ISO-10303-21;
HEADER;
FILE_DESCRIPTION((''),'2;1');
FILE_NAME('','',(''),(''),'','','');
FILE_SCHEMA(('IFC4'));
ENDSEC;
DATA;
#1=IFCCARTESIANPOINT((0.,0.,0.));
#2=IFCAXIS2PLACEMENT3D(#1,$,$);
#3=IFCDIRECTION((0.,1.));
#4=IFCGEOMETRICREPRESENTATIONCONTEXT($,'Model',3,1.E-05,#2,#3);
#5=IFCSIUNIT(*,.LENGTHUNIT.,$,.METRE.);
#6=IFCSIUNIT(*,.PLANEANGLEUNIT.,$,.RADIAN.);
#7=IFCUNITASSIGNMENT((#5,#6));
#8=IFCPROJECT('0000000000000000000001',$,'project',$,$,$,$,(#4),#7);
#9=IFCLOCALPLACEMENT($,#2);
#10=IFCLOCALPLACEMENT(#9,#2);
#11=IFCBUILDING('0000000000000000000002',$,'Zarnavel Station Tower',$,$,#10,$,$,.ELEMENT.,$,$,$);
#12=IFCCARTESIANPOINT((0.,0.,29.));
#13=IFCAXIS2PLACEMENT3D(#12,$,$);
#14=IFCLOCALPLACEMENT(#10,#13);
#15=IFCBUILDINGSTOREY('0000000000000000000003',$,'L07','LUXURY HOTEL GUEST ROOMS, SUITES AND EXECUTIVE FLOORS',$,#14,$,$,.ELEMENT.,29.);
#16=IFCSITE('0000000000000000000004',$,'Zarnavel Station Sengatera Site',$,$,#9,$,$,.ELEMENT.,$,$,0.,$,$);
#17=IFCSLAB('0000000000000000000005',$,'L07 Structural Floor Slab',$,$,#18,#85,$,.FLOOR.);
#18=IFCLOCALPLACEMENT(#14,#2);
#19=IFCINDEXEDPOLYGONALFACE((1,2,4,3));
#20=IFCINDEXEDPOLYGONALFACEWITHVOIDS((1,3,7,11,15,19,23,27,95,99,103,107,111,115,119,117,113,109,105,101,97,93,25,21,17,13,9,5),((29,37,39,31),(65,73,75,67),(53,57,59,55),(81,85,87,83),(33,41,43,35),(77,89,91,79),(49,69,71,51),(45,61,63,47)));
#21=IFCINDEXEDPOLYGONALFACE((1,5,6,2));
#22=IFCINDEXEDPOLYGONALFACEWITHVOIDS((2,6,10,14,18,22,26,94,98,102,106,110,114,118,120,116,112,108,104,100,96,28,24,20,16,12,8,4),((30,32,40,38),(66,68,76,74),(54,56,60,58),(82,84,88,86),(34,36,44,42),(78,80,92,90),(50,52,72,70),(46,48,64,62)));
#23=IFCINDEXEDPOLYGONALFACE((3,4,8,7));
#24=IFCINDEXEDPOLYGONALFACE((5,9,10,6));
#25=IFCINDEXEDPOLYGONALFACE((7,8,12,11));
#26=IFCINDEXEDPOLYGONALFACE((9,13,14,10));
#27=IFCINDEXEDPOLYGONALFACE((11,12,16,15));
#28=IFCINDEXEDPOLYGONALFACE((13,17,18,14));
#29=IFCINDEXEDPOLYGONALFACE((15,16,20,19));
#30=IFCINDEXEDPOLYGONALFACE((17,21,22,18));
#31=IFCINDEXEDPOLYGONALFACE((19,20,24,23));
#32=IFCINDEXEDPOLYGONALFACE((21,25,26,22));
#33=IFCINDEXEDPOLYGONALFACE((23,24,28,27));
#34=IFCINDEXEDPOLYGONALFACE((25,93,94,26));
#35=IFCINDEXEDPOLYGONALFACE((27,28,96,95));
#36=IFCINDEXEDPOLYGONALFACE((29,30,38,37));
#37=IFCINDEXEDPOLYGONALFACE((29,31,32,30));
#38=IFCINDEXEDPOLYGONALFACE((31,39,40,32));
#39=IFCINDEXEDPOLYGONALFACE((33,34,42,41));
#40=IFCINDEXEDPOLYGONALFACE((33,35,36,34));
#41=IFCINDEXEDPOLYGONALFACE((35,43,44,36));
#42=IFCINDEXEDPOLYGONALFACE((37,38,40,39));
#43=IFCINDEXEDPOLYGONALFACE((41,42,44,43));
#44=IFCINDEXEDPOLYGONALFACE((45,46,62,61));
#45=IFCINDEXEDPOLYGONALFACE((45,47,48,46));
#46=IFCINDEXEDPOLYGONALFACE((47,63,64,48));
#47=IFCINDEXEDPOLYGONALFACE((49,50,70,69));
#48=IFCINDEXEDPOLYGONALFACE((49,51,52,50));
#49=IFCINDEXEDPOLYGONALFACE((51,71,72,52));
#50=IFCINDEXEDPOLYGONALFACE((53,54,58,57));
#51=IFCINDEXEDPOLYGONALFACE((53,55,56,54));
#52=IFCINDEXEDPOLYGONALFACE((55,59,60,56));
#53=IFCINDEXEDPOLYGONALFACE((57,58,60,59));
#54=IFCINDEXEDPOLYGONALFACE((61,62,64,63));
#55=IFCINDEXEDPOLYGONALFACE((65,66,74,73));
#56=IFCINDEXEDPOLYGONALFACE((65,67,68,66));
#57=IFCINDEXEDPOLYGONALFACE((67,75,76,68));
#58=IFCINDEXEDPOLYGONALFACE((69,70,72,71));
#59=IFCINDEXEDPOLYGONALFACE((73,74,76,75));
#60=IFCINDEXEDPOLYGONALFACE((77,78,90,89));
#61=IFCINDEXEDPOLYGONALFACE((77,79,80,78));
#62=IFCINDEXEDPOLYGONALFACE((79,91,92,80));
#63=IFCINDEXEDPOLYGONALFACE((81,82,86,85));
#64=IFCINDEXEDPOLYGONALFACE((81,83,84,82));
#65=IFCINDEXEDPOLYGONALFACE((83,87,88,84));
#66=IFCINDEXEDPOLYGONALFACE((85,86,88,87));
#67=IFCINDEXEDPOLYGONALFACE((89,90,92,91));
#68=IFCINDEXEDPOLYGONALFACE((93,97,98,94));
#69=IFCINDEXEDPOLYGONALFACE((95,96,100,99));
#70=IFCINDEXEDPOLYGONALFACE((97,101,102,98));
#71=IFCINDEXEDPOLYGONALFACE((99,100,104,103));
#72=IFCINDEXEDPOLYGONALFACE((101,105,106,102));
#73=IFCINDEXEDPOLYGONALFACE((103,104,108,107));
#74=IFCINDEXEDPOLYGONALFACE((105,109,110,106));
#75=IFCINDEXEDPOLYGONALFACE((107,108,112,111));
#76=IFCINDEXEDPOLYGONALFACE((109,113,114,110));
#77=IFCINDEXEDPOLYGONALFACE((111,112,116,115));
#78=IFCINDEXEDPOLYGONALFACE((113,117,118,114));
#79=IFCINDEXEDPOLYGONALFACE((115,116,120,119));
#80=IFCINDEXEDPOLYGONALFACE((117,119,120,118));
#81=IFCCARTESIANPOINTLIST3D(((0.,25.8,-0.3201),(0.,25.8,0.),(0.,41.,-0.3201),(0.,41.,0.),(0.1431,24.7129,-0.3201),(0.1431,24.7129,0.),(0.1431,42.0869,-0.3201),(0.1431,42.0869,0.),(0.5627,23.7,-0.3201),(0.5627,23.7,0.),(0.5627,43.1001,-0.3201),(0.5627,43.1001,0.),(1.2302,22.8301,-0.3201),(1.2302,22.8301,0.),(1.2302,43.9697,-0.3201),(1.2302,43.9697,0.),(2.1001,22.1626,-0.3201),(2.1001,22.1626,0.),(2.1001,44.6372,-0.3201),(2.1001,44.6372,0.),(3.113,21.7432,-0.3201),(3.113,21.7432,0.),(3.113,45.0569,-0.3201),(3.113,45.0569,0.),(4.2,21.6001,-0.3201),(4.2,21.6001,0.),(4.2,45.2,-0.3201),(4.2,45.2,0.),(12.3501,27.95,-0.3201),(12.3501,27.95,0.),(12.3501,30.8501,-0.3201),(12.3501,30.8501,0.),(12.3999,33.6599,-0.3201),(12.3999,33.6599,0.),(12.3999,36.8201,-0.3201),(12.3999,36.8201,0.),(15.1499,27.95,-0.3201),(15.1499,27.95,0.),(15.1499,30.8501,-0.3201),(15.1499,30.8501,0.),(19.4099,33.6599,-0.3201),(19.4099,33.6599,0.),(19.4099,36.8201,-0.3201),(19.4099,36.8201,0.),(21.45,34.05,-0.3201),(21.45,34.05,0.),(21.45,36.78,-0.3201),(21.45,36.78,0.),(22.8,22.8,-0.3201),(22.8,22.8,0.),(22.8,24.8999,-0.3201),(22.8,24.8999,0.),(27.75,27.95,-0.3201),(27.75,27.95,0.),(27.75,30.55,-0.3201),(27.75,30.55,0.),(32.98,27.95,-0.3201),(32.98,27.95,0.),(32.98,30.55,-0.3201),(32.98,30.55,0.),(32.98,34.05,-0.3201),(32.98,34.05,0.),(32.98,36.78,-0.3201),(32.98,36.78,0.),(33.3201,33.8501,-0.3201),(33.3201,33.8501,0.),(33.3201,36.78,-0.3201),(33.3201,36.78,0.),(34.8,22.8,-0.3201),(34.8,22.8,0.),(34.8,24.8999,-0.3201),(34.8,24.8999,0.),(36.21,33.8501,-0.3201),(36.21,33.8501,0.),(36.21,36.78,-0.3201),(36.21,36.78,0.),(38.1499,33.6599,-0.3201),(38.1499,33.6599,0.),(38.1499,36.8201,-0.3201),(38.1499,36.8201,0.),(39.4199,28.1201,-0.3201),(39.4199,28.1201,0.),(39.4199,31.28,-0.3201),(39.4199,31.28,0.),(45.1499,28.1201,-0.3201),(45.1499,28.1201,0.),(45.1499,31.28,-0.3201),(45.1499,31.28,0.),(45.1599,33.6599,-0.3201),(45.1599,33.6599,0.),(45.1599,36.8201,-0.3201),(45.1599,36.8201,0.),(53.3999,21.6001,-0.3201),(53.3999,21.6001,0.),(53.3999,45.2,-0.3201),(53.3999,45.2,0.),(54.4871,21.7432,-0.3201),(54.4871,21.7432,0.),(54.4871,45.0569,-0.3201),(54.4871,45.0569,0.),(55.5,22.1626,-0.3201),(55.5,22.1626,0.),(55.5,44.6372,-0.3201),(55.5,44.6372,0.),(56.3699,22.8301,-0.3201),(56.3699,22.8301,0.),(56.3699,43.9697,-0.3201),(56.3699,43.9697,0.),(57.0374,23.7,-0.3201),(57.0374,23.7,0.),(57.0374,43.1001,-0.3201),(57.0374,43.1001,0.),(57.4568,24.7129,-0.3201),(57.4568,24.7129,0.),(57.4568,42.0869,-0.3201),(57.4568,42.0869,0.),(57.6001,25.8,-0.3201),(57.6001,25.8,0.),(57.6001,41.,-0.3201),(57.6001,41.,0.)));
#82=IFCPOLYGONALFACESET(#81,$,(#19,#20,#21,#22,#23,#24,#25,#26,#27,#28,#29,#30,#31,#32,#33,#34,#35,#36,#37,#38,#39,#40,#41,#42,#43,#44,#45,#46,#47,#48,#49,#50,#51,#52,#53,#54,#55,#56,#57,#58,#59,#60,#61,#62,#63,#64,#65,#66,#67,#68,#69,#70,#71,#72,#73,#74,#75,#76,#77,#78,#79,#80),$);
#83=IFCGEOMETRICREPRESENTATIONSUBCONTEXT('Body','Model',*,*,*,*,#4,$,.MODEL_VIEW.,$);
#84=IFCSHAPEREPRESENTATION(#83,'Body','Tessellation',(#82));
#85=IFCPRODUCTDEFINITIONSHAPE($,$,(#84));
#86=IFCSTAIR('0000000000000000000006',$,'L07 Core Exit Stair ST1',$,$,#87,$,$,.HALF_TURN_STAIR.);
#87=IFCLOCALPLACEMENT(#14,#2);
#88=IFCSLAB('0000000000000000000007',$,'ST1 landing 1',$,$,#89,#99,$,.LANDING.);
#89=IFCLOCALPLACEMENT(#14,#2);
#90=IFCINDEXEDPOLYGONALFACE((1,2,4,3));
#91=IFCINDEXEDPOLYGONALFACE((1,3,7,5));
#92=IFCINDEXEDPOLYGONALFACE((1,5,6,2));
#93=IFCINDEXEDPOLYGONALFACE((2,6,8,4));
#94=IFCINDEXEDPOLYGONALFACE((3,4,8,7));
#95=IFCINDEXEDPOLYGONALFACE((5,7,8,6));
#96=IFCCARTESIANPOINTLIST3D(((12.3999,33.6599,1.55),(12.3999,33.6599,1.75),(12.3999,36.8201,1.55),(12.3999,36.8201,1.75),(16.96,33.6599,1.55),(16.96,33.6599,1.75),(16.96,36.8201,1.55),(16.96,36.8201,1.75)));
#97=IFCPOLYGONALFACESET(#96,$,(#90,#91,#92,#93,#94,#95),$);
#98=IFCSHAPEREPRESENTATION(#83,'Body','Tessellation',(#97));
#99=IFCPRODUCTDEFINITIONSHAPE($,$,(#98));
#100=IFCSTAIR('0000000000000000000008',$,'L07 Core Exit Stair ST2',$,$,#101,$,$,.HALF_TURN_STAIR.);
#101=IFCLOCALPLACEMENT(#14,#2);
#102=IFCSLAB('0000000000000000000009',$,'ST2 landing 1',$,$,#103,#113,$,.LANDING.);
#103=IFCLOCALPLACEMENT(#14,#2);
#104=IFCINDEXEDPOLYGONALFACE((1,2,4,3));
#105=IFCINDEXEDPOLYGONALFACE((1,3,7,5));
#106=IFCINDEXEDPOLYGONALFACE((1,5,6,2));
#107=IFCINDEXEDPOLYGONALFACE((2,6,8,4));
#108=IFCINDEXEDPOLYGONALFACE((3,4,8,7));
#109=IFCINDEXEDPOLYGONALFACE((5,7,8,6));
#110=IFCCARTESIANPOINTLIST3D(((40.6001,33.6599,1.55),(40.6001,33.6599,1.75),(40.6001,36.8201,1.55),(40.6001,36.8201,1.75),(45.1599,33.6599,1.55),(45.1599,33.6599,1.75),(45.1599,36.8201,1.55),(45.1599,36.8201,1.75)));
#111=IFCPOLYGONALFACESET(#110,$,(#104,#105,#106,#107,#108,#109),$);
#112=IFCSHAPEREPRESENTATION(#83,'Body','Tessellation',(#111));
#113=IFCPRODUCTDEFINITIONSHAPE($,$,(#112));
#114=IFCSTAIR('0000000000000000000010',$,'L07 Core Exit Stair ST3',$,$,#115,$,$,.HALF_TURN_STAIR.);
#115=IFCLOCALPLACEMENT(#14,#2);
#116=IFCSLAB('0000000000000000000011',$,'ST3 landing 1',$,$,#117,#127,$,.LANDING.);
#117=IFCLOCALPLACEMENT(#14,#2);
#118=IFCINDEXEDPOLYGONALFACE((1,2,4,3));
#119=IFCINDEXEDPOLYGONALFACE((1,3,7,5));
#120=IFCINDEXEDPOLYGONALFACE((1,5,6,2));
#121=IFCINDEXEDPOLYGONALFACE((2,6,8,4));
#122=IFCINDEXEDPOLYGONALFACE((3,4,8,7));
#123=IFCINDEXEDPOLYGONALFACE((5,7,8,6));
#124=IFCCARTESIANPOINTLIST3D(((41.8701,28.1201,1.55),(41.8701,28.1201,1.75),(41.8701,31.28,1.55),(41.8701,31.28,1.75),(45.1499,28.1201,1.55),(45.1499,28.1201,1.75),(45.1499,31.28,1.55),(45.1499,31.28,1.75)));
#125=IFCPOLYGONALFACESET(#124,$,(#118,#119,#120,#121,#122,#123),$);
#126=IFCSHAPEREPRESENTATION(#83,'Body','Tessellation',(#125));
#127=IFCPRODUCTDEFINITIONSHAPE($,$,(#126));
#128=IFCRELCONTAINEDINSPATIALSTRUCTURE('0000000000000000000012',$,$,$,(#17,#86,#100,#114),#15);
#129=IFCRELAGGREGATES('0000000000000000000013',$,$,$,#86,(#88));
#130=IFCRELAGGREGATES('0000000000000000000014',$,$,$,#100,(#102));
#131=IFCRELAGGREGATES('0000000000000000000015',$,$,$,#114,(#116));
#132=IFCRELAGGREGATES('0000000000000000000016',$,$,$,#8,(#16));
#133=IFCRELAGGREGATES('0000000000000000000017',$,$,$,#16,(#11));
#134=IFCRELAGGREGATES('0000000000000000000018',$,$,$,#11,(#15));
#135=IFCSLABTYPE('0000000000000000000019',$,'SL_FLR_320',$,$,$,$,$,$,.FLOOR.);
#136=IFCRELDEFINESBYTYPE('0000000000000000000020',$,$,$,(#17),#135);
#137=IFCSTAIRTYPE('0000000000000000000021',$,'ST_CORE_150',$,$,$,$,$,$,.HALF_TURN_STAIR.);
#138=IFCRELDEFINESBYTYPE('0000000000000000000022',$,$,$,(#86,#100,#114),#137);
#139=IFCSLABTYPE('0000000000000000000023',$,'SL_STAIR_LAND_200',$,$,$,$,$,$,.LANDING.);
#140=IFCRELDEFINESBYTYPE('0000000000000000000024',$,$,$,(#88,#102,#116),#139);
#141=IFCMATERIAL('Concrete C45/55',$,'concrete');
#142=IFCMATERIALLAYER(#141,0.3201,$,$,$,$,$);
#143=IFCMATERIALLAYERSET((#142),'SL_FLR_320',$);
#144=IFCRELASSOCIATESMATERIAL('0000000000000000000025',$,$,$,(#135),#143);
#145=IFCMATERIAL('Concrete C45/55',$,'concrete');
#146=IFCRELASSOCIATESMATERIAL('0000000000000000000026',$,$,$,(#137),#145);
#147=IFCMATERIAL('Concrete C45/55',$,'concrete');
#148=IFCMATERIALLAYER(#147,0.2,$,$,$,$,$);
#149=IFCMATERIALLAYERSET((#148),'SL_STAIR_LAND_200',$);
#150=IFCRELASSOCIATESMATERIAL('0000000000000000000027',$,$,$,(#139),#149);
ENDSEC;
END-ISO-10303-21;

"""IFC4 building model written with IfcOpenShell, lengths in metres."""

from ifc_helpers import new_model, si_unit, direction, frame, origin, place, context, subcontext, project, spatial, polyline, outline, extrude, material, layer, layer_set, type_object, element, aggregate, save


model = new_model("IFC4")

# Units and contexts
model_context = context("Model", 3, precision=1e-05, world=origin(), true_north=direction((0.0, 1.0)))
body_context = subcontext(model_context, "Body", "Model", "MODEL_VIEW")
ifc_project = project(units=[si_unit("LENGTHUNIT", "METRE"), si_unit("PLANEANGLEUNIT", "RADIAN")], contexts=[model_context])

# Site, building, storey
site_placement = place(None, origin())
site = spatial("IfcSite", under=ifc_project, at=site_placement, Name="Zarnavel Station Sengatera Site", CompositionType="ELEMENT", RefElevation=0.0)
building_placement = place(site_placement, origin())
building = spatial("IfcBuilding", under=site, at=building_placement, Name="Zarnavel Station Tower", CompositionType="ELEMENT")
storey_placement = place(building_placement, frame((0.0, 0.0, 29.0)))
storey = spatial("IfcBuildingStorey", under=building, at=storey_placement, Name="L07", Description="LUXURY HOTEL GUEST ROOMS, SUITES AND EXECUTIVE FLOORS", CompositionType="ELEMENT", Elevation=29.0)

# Slab
ifc_material_1 = material(Name="Concrete C45/55", Category="concrete")
ifc_layer_1 = layer(ifc_material_1, 0.3201)
ifc_layer_set_1 = layer_set([ifc_layer_1], Name="SL_FLR_320")
slab_type_1 = type_object("IfcSlabType", Name="SL_FLR_320", PredefinedType="FLOOR", material=ifc_layer_set_1)
slab_1_placement = place(storey_placement, frame((0.0, 0.0, -0.3201)))
element("IfcSlab", 1, at=slab_1_placement, inside=storey, type_object=slab_type_1, Name="L07 Structural Floor Slab", PredefinedType="FLOOR", context=body_context, shape_type="SweptSolid", body=[
    extrude(outline(polyline([(53.3999, 21.6001), (54.4871, 21.7432), (55.5, 22.1626), (56.3699, 22.8301), (57.0374, 23.7), (57.4568, 24.7129), (57.6001, 25.8), (57.6001, 41.0), (57.4568, 42.0869), (57.0374, 43.1001), (56.3699, 43.9697), (55.5, 44.6372), (54.4871, 45.0569), (53.3999, 45.2), (4.2, 45.2), (3.113, 45.0569), (2.1001, 44.6372), (1.2302, 43.9697), (0.5627, 43.1001), (0.1431, 42.0869), (0.0, 41.0), (0.0, 25.8), (0.1431, 24.7129), (0.5627, 23.7), (1.2302, 22.8301), (2.1001, 22.1626), (3.113, 21.7432), (4.2, 21.6001), (53.3999, 21.6001)]), holes=[polyline([(12.3999, 33.6599), (19.4099, 33.6599), (19.4099, 36.8201), (12.3999, 36.8201), (12.3999, 33.6599)]), polyline([(38.1499, 33.6599), (45.1599, 33.6599), (45.1599, 36.8201), (38.1499, 36.8201), (38.1499, 33.6599)]), polyline([(39.4199, 28.1201), (45.1499, 28.1201), (45.1499, 31.28), (39.4199, 31.28), (39.4199, 28.1201)]), polyline([(12.3501, 27.95), (15.1499, 27.95), (15.1499, 30.8501), (12.3501, 30.8501), (12.3501, 27.95)]), polyline([(33.3201, 33.8501), (36.21, 33.8501), (36.21, 36.78), (33.3201, 36.78), (33.3201, 33.8501)]), polyline([(21.45, 34.05), (32.98, 34.05), (32.98, 36.78), (21.45, 36.78), (21.45, 34.05)]), polyline([(27.75, 27.95), (32.98, 27.95), (32.98, 30.55), (27.75, 30.55), (27.75, 27.95)]), polyline([(22.8, 22.8), (34.8, 22.8), (34.8, 24.8999), (22.8, 24.8999), (22.8, 22.8)])]), origin(), (0.0, 0.0, 1.0), 0.3201),
])

# Stairs, slabs
ifc_material_2 = material(Name="Concrete C45/55", Category="concrete")
stair_type = type_object("IfcStairType", Name="ST_CORE_150", PredefinedType="HALF_TURN_STAIR", material=ifc_material_2)
stair_1_placement = place(storey_placement, origin())
stair_1 = element("IfcStair", 2, at=stair_1_placement, inside=storey, type_object=stair_type, Name="L07 Core Exit Stair ST1", PredefinedType="HALF_TURN_STAIR")
ifc_material_3 = material(Name="Concrete C45/55", Category="concrete")
ifc_layer_2 = layer(ifc_material_3, 0.2)
ifc_layer_set_2 = layer_set([ifc_layer_2], Name="SL_STAIR_LAND_200")
slab_type_2 = type_object("IfcSlabType", Name="SL_STAIR_LAND_200", PredefinedType="LANDING", material=ifc_layer_set_2)
slab_2_placement = place(storey_placement, frame((0.0, 0.0, 1.55)))
slab_2 = element("IfcSlab", 3, at=slab_2_placement, type_object=slab_type_2, Name="ST1 landing 1", PredefinedType="LANDING", context=body_context, shape_type="SweptSolid", body=[
    extrude(outline(polyline([(16.96, 36.8201), (12.3999, 36.8201), (12.3999, 33.6599), (16.96, 33.6599), (16.96, 36.8201)])), origin(), (0.0, 0.0, 1.0), 0.2),
])
aggregate(stair_1, [slab_2])
stair_2_placement = place(storey_placement, origin())
stair_2 = element("IfcStair", 4, at=stair_2_placement, inside=storey, type_object=stair_type, Name="L07 Core Exit Stair ST2", PredefinedType="HALF_TURN_STAIR")
slab_3_placement = place(storey_placement, frame((0.0, 0.0, 1.55)))
slab_3 = element("IfcSlab", 5, at=slab_3_placement, type_object=slab_type_2, Name="ST2 landing 1", PredefinedType="LANDING", context=body_context, shape_type="SweptSolid", body=[
    extrude(outline(polyline([(40.6001, 33.6599), (45.1599, 33.6599), (45.1599, 36.8201), (40.6001, 36.8201), (40.6001, 33.6599)])), origin(), (0.0, 0.0, 1.0), 0.2),
])
aggregate(stair_2, [slab_3])
stair_3_placement = place(storey_placement, origin())
stair_3 = element("IfcStair", 6, at=stair_3_placement, inside=storey, type_object=stair_type, Name="L07 Core Exit Stair ST3", PredefinedType="HALF_TURN_STAIR")
slab_4_placement = place(storey_placement, frame((0.0, 0.0, 1.55)))
slab_4 = element("IfcSlab", 7, at=slab_4_placement, type_object=slab_type_2, Name="ST3 landing 1", PredefinedType="LANDING", context=body_context, shape_type="SweptSolid", body=[
    extrude(outline(polyline([(41.8701, 28.1201), (45.1499, 28.1201), (45.1499, 31.28), (41.8701, 31.28), (41.8701, 28.1201)])), origin(), (0.0, 0.0, 1.0), 0.2),
])
aggregate(stair_3, [slab_4])

save(model, "model.ifc")
